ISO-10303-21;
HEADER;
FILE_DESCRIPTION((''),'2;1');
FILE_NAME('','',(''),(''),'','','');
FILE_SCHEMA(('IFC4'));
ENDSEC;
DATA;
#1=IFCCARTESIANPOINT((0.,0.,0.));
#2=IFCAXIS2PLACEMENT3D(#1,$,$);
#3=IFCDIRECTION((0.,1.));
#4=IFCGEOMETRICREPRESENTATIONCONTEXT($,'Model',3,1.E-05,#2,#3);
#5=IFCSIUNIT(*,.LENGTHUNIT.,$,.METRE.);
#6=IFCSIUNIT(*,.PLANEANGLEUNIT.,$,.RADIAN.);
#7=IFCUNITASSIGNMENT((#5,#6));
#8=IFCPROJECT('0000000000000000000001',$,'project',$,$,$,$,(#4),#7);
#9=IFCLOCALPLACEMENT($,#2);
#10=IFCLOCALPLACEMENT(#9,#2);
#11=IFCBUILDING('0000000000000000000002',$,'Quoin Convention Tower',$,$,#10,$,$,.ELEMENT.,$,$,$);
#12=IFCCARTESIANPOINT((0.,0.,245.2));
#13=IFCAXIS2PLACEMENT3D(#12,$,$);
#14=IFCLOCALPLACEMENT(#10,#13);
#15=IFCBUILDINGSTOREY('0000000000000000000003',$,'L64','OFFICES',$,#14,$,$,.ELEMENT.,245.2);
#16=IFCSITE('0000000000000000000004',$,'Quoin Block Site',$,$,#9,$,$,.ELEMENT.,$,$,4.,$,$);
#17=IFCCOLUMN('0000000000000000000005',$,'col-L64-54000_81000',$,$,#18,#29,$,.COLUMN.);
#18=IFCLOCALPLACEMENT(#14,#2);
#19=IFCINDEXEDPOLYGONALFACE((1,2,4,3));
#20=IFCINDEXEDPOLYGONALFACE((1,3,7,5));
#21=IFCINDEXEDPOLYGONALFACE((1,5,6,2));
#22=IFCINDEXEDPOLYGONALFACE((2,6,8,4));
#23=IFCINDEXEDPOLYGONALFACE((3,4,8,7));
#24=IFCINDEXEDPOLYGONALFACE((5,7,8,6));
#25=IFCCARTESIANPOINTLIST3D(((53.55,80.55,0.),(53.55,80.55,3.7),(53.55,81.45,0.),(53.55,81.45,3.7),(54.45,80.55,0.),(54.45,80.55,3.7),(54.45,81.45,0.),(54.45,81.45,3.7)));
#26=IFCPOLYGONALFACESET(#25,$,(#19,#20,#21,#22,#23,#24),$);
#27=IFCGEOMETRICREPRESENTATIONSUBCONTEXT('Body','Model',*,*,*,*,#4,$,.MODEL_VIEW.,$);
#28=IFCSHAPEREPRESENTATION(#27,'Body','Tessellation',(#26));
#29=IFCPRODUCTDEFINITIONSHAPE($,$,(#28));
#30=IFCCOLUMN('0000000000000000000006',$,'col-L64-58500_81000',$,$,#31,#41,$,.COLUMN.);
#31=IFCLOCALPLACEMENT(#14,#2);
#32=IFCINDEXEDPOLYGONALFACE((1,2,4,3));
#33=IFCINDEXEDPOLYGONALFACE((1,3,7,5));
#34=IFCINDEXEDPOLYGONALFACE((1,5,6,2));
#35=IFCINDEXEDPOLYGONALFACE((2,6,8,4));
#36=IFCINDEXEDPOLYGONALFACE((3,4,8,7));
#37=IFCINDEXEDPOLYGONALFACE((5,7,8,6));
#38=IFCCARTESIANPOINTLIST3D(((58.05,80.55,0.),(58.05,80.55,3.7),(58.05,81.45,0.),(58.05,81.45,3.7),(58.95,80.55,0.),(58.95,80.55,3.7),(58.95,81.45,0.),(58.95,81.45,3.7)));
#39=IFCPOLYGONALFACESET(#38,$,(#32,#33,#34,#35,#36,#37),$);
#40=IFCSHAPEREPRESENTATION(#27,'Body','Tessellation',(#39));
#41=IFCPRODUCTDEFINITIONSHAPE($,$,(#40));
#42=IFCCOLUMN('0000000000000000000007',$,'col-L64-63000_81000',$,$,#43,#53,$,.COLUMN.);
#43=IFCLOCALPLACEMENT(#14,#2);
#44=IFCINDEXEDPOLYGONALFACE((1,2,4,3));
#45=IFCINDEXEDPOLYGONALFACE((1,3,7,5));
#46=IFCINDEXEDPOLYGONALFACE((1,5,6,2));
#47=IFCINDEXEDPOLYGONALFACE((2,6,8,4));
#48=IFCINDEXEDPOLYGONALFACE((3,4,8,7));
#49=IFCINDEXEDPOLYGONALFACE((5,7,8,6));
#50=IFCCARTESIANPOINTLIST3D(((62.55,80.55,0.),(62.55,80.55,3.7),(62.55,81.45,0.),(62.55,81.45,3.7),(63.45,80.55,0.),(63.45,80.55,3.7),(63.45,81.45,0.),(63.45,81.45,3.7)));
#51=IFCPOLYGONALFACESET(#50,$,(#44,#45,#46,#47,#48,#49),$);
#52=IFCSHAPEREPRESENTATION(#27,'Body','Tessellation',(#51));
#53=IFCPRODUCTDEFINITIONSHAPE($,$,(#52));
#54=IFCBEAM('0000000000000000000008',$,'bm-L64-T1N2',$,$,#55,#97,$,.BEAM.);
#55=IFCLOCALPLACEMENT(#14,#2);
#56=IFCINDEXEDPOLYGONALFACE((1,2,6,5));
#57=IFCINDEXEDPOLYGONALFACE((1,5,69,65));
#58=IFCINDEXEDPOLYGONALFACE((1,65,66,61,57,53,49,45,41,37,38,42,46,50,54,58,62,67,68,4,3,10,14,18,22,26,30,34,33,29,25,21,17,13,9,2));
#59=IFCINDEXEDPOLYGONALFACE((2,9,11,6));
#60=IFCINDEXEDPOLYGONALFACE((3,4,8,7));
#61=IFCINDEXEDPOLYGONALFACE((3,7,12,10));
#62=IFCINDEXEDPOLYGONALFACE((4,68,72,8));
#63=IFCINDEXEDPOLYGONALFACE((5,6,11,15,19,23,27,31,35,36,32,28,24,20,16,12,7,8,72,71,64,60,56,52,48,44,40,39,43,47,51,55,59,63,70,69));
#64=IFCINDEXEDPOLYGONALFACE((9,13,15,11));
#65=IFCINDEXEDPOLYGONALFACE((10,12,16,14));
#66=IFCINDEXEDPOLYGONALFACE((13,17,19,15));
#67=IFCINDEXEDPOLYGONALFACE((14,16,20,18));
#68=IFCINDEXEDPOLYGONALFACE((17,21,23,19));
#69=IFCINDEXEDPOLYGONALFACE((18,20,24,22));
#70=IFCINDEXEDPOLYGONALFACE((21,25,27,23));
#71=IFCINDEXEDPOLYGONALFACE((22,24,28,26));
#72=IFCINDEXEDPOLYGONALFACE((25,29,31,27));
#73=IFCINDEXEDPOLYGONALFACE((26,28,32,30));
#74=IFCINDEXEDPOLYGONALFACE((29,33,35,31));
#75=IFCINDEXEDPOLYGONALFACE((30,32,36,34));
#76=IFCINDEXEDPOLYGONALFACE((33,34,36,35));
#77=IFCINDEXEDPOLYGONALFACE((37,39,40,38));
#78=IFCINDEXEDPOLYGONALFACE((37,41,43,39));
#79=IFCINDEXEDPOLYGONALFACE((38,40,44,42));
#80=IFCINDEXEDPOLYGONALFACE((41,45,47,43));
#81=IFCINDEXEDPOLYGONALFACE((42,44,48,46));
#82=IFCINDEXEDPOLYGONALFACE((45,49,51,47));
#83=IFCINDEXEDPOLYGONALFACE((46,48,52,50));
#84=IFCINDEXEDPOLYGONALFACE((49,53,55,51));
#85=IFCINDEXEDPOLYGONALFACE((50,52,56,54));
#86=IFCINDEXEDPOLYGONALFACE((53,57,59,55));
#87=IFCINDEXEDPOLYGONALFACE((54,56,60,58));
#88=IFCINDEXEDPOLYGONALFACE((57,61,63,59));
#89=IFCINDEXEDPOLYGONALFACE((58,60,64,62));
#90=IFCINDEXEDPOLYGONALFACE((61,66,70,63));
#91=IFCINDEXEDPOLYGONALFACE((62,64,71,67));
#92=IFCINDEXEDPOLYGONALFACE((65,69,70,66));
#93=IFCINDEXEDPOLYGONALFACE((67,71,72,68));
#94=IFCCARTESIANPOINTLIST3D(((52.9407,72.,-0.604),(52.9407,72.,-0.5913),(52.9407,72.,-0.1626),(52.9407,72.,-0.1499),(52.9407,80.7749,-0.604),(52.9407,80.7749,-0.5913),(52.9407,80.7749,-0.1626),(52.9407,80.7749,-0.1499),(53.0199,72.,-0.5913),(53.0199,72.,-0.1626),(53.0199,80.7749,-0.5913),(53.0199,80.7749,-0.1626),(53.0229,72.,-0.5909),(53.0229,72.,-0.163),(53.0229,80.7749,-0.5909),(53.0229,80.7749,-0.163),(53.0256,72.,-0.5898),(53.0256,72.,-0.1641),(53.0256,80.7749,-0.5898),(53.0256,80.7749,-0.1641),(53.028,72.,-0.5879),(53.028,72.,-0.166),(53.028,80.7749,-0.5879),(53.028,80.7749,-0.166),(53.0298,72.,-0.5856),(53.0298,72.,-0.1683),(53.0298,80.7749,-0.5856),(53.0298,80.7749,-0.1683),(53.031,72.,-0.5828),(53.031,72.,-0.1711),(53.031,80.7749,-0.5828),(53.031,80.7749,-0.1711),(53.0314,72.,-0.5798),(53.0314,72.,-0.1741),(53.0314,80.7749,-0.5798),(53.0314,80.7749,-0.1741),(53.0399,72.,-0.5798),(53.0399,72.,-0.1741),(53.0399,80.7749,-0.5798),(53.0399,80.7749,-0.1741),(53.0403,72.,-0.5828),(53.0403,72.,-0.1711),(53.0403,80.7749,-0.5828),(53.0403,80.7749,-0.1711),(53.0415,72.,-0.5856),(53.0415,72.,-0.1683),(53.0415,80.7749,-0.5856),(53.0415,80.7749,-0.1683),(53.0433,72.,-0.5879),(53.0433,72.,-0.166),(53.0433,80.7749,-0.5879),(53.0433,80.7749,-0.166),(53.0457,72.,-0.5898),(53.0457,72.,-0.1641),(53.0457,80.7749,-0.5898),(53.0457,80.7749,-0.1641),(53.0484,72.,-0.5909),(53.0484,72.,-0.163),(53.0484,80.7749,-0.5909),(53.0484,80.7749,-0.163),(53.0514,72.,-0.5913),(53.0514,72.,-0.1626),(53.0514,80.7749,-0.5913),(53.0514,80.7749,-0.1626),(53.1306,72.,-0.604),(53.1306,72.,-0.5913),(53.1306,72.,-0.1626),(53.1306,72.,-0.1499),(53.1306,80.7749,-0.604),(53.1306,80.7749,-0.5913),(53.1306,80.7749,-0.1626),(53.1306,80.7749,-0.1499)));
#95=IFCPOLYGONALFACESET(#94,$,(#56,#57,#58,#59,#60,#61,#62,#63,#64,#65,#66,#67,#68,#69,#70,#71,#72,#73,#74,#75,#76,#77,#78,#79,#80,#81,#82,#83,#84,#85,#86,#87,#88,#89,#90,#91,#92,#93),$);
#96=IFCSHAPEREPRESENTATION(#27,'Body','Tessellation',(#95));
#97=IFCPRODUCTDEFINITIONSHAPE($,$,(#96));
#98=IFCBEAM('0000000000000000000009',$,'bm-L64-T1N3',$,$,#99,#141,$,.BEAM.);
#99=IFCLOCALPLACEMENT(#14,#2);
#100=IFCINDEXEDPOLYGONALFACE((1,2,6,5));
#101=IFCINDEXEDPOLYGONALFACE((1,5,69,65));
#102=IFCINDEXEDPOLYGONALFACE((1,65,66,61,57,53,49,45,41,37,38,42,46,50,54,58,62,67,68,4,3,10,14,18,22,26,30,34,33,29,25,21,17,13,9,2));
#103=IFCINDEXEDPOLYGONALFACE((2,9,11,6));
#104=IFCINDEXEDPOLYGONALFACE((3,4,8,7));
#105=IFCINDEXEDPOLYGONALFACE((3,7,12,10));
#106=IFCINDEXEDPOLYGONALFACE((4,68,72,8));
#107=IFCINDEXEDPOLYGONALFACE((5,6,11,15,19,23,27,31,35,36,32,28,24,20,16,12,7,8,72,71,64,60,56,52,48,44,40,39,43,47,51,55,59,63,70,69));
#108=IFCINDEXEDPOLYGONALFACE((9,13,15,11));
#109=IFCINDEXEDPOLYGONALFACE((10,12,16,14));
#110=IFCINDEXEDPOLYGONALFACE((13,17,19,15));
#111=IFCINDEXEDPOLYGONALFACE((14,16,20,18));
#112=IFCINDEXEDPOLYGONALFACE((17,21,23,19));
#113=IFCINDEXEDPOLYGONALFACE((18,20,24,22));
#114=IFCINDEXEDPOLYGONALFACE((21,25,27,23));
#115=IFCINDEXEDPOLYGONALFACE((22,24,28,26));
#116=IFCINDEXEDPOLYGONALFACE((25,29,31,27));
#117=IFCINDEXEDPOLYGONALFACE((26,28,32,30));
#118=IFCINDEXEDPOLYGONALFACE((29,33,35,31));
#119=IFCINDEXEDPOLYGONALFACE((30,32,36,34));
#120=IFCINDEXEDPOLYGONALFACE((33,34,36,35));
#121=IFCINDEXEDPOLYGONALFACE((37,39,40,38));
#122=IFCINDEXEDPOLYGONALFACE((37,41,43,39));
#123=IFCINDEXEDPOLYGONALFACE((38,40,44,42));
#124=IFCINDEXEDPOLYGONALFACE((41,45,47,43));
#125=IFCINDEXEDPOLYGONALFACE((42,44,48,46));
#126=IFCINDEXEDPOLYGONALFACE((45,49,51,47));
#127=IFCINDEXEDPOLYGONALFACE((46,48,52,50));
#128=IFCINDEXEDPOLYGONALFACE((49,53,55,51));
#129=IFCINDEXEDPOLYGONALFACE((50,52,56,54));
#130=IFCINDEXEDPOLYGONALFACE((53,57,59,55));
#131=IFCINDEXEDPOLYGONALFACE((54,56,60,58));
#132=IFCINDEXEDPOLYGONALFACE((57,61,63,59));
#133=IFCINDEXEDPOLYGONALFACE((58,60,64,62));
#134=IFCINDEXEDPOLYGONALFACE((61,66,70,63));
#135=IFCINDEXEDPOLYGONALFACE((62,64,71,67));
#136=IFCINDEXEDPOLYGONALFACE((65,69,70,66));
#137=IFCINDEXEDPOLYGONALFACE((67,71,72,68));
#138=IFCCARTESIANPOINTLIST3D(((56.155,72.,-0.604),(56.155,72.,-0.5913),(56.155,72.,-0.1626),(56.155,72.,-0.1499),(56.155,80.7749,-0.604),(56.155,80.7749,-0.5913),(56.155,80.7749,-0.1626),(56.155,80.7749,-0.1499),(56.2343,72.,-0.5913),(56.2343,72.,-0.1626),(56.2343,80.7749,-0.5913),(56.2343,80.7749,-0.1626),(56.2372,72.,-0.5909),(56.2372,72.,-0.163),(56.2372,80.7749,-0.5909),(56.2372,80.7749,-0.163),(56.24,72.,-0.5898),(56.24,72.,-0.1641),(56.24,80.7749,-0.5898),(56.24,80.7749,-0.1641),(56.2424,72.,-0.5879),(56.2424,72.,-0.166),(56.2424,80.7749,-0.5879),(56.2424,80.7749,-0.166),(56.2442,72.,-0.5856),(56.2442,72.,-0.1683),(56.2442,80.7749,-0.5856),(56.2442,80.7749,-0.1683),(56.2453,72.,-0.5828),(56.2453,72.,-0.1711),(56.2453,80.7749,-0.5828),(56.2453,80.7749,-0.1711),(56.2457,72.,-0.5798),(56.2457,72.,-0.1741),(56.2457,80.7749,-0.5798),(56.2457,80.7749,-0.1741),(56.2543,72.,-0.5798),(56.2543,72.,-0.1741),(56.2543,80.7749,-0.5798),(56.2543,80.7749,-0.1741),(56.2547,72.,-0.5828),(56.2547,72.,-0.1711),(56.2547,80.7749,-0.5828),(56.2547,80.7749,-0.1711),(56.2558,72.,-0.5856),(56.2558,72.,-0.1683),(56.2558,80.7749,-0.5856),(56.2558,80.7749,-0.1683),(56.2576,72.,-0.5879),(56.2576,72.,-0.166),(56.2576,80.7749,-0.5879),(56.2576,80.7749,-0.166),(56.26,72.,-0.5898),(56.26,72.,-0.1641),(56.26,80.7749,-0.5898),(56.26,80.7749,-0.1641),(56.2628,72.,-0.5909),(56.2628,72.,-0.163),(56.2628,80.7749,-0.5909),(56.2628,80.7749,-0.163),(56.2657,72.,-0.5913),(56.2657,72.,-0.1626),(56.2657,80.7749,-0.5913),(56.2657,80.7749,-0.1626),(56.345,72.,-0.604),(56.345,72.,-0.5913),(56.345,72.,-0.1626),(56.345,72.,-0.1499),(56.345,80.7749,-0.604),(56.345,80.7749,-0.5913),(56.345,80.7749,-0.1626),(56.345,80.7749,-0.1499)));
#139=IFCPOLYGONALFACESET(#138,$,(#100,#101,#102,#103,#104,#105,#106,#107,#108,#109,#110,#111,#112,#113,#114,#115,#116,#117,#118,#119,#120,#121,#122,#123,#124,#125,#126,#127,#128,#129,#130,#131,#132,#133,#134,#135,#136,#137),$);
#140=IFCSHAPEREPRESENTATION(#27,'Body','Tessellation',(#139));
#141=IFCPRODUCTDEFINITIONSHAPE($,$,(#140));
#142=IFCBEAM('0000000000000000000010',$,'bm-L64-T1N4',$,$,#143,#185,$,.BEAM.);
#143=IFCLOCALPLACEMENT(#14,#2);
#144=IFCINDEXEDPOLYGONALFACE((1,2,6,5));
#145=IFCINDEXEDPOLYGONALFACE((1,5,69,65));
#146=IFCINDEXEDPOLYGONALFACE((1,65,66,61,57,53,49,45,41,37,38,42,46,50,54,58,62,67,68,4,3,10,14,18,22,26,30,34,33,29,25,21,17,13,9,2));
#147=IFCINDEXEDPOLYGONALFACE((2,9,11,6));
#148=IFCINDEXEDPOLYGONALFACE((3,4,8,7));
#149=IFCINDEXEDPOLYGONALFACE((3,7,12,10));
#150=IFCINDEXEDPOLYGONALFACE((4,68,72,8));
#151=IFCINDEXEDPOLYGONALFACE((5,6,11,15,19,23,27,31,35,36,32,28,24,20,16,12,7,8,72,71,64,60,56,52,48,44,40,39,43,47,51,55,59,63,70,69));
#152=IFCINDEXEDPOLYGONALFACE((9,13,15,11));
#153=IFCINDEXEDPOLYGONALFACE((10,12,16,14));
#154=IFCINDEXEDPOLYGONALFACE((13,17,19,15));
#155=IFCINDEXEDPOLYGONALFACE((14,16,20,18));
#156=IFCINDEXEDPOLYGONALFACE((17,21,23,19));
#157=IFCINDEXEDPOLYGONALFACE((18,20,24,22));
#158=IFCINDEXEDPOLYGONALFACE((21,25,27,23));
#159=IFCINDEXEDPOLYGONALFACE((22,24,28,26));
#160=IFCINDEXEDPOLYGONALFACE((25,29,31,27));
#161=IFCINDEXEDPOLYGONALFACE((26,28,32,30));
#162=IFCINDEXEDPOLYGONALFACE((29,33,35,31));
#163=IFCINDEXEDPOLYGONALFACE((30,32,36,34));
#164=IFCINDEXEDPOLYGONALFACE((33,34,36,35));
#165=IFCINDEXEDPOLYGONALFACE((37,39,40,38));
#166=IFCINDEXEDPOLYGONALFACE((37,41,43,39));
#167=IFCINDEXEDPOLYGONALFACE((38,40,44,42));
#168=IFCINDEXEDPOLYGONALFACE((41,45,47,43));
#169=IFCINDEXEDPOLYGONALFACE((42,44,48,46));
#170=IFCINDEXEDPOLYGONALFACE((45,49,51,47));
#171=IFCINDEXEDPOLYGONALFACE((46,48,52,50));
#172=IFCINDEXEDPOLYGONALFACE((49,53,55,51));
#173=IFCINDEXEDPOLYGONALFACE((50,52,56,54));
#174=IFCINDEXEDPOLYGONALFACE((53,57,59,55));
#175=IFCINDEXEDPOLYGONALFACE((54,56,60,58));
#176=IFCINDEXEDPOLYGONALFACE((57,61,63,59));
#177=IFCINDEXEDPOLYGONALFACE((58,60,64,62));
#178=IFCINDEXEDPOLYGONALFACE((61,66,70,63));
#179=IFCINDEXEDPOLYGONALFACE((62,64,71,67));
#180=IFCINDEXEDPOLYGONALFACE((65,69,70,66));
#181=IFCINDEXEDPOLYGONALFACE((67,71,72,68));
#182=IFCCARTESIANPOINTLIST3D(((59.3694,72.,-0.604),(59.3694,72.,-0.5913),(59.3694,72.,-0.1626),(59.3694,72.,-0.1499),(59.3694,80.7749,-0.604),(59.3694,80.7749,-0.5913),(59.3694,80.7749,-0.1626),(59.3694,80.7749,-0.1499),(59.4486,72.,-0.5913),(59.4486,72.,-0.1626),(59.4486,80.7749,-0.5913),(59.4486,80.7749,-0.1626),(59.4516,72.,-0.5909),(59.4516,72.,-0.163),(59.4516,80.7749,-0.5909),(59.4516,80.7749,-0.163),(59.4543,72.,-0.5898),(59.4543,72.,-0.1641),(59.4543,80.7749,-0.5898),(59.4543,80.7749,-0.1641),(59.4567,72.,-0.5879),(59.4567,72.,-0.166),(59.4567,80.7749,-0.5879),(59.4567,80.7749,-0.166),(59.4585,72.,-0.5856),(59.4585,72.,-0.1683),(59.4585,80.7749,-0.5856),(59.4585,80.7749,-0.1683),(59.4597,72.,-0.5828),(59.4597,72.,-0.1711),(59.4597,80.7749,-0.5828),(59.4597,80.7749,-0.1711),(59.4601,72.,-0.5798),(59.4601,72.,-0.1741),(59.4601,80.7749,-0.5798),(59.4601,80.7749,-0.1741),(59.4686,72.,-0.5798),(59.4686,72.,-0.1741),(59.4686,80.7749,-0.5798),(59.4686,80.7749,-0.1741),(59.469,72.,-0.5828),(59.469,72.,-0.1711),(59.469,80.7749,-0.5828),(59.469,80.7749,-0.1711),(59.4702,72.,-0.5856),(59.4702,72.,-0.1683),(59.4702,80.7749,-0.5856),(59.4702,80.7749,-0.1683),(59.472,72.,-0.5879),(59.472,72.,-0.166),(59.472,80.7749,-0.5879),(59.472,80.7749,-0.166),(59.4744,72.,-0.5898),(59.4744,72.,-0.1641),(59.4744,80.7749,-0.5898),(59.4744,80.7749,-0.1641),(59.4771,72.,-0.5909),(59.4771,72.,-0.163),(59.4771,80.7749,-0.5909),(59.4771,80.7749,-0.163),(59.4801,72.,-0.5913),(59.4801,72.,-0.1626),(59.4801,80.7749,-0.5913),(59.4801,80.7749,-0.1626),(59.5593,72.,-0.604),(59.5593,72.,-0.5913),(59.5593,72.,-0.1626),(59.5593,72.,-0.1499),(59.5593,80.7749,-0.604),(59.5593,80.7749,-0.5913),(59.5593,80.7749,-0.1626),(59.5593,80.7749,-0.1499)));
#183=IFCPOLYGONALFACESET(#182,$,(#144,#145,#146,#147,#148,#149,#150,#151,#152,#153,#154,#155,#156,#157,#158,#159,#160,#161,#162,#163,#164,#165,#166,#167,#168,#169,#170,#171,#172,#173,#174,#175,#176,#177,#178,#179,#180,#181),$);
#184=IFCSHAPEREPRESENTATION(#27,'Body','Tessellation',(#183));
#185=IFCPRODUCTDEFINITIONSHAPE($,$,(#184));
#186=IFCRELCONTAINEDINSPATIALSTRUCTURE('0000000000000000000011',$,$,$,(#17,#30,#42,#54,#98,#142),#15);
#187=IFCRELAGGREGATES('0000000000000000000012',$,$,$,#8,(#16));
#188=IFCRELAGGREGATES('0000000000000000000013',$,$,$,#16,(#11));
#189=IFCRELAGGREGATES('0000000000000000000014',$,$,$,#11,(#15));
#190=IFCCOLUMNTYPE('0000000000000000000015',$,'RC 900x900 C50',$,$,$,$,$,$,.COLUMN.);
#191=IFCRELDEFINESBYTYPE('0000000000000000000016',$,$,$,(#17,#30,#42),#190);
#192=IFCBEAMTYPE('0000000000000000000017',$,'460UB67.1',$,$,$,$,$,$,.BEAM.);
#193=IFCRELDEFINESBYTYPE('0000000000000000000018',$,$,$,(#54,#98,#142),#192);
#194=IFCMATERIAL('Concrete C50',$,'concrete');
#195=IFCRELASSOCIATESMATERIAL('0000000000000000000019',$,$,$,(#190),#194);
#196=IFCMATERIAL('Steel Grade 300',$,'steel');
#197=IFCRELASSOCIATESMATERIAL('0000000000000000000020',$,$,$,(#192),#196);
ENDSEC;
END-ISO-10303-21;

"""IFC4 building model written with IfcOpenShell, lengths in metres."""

from ifc_helpers import new_model, si_unit, direction, frame, origin, origin_2d, place, context, subcontext, project, spatial, rectangle, i_section, extrude, material, material_profile, profile_set, type_object, element, save


model = new_model("IFC4")

# Units and contexts
model_context = context("Model", 3, precision=1e-05, world=origin(), true_north=direction((0.0, 1.0)))
body_context = subcontext(model_context, "Body", "Model", "MODEL_VIEW")
ifc_project = project(units=[si_unit("LENGTHUNIT", "METRE"), si_unit("PLANEANGLEUNIT", "RADIAN")], contexts=[model_context])

# Site, building, storey
site_placement = place(None, origin())
site = spatial("IfcSite", under=ifc_project, at=site_placement, Name="Quoin Block Site", CompositionType="ELEMENT", RefElevation=4.0)
building_placement = place(site_placement, origin())
building = spatial("IfcBuilding", under=site, at=building_placement, Name="Quoin Convention Tower", CompositionType="ELEMENT")
storey_placement = place(building_placement, frame((0.0, 0.0, 245.2)))
storey = spatial("IfcBuildingStorey", under=building, at=storey_placement, Name="L64", Description="OFFICES", CompositionType="ELEMENT", Elevation=245.2)

# Columns
ifc_material_1 = material(Name="Concrete C50", Category="concrete")
ifc_material_profile_1 = material_profile(ifc_material_1, rectangle(XDim=0.8999, YDim=0.8999, at=origin_2d()), Name="RC 900x900")
ifc_profile_set_1 = profile_set([ifc_material_profile_1], Name="Concrete C50")
column_type = type_object("IfcColumnType", Name="RC 900x900 C50", PredefinedType="COLUMN", material=ifc_profile_set_1)
for number, where, z_axis, x_axis, name in (
    (1, (54.0, 81.0, 0.0), (0.0, 0.0, 1.0), (1.0, 0.0, 0.0), "col-L64-54000_81000"),
    (2, (58.5, 81.0, 0.0), (0.0, 0.0, 1.0), (1.0, 0.0, 0.0), "col-L64-58500_81000"),
    (3, (63.0, 81.0, 0.0), (0.0, 0.0, 1.0), (1.0, 0.0, 0.0), "col-L64-63000_81000"),
):
    element("IfcColumn", number, at=place(storey_placement, frame(where, z_axis=z_axis, x_axis=x_axis)), inside=storey, type_object=column_type, Name=name, PredefinedType="COLUMN", context=body_context, shape_type="SweptSolid", body=[
        extrude(rectangle(XDim=0.8999, YDim=0.8999, at=origin_2d()), origin(), (0.0, 0.0, 1.0), 3.7),
    ])

# Beams
ifc_material_2 = material(Name="Steel Grade 300", Category="steel")
ifc_material_profile_2 = material_profile(ifc_material_2, i_section(OverallWidth=0.1899, OverallDepth=0.4541, WebThickness=0.0085, FlangeThickness=0.0127, FilletRadius=0.0115, at=origin_2d()), Name="460UB67.1")
ifc_profile_set_2 = profile_set([ifc_material_profile_2], Name="Steel Grade 300")
beam_type_1 = type_object("IfcBeamType", Name="460UB67.1", PredefinedType="BEAM", material=ifc_profile_set_2)
for number, where, z_axis, x_axis, name in (
    (4, (53.0356, 72.0, -0.377), (0.0, 1.0, 0.0), (-1.0, 0.0, 0.0), "bm-L64-T1N2"),
    (5, (56.25, 72.0, -0.377), (0.0, 1.0, 0.0), (-1.0, 0.0, 0.0), "bm-L64-T1N3"),
    (6, (59.4644, 72.0, -0.377), (0.0, 1.0, 0.0), (-1.0, 0.0, 0.0), "bm-L64-T1N4"),
):
    element("IfcBeam", number, at=place(storey_placement, frame(where, z_axis=z_axis, x_axis=x_axis)), inside=storey, type_object=beam_type_1, Name=name, PredefinedType="BEAM", context=body_context, shape_type="SweptSolid", body=[
        extrude(i_section(OverallWidth=0.1899, OverallDepth=0.4541, WebThickness=0.0085, FlangeThickness=0.0127, FilletRadius=0.0115, at=origin_2d()), origin(), (0.0, 0.0, 1.0), 8.7749),
    ])

save(model, "model.ifc")
